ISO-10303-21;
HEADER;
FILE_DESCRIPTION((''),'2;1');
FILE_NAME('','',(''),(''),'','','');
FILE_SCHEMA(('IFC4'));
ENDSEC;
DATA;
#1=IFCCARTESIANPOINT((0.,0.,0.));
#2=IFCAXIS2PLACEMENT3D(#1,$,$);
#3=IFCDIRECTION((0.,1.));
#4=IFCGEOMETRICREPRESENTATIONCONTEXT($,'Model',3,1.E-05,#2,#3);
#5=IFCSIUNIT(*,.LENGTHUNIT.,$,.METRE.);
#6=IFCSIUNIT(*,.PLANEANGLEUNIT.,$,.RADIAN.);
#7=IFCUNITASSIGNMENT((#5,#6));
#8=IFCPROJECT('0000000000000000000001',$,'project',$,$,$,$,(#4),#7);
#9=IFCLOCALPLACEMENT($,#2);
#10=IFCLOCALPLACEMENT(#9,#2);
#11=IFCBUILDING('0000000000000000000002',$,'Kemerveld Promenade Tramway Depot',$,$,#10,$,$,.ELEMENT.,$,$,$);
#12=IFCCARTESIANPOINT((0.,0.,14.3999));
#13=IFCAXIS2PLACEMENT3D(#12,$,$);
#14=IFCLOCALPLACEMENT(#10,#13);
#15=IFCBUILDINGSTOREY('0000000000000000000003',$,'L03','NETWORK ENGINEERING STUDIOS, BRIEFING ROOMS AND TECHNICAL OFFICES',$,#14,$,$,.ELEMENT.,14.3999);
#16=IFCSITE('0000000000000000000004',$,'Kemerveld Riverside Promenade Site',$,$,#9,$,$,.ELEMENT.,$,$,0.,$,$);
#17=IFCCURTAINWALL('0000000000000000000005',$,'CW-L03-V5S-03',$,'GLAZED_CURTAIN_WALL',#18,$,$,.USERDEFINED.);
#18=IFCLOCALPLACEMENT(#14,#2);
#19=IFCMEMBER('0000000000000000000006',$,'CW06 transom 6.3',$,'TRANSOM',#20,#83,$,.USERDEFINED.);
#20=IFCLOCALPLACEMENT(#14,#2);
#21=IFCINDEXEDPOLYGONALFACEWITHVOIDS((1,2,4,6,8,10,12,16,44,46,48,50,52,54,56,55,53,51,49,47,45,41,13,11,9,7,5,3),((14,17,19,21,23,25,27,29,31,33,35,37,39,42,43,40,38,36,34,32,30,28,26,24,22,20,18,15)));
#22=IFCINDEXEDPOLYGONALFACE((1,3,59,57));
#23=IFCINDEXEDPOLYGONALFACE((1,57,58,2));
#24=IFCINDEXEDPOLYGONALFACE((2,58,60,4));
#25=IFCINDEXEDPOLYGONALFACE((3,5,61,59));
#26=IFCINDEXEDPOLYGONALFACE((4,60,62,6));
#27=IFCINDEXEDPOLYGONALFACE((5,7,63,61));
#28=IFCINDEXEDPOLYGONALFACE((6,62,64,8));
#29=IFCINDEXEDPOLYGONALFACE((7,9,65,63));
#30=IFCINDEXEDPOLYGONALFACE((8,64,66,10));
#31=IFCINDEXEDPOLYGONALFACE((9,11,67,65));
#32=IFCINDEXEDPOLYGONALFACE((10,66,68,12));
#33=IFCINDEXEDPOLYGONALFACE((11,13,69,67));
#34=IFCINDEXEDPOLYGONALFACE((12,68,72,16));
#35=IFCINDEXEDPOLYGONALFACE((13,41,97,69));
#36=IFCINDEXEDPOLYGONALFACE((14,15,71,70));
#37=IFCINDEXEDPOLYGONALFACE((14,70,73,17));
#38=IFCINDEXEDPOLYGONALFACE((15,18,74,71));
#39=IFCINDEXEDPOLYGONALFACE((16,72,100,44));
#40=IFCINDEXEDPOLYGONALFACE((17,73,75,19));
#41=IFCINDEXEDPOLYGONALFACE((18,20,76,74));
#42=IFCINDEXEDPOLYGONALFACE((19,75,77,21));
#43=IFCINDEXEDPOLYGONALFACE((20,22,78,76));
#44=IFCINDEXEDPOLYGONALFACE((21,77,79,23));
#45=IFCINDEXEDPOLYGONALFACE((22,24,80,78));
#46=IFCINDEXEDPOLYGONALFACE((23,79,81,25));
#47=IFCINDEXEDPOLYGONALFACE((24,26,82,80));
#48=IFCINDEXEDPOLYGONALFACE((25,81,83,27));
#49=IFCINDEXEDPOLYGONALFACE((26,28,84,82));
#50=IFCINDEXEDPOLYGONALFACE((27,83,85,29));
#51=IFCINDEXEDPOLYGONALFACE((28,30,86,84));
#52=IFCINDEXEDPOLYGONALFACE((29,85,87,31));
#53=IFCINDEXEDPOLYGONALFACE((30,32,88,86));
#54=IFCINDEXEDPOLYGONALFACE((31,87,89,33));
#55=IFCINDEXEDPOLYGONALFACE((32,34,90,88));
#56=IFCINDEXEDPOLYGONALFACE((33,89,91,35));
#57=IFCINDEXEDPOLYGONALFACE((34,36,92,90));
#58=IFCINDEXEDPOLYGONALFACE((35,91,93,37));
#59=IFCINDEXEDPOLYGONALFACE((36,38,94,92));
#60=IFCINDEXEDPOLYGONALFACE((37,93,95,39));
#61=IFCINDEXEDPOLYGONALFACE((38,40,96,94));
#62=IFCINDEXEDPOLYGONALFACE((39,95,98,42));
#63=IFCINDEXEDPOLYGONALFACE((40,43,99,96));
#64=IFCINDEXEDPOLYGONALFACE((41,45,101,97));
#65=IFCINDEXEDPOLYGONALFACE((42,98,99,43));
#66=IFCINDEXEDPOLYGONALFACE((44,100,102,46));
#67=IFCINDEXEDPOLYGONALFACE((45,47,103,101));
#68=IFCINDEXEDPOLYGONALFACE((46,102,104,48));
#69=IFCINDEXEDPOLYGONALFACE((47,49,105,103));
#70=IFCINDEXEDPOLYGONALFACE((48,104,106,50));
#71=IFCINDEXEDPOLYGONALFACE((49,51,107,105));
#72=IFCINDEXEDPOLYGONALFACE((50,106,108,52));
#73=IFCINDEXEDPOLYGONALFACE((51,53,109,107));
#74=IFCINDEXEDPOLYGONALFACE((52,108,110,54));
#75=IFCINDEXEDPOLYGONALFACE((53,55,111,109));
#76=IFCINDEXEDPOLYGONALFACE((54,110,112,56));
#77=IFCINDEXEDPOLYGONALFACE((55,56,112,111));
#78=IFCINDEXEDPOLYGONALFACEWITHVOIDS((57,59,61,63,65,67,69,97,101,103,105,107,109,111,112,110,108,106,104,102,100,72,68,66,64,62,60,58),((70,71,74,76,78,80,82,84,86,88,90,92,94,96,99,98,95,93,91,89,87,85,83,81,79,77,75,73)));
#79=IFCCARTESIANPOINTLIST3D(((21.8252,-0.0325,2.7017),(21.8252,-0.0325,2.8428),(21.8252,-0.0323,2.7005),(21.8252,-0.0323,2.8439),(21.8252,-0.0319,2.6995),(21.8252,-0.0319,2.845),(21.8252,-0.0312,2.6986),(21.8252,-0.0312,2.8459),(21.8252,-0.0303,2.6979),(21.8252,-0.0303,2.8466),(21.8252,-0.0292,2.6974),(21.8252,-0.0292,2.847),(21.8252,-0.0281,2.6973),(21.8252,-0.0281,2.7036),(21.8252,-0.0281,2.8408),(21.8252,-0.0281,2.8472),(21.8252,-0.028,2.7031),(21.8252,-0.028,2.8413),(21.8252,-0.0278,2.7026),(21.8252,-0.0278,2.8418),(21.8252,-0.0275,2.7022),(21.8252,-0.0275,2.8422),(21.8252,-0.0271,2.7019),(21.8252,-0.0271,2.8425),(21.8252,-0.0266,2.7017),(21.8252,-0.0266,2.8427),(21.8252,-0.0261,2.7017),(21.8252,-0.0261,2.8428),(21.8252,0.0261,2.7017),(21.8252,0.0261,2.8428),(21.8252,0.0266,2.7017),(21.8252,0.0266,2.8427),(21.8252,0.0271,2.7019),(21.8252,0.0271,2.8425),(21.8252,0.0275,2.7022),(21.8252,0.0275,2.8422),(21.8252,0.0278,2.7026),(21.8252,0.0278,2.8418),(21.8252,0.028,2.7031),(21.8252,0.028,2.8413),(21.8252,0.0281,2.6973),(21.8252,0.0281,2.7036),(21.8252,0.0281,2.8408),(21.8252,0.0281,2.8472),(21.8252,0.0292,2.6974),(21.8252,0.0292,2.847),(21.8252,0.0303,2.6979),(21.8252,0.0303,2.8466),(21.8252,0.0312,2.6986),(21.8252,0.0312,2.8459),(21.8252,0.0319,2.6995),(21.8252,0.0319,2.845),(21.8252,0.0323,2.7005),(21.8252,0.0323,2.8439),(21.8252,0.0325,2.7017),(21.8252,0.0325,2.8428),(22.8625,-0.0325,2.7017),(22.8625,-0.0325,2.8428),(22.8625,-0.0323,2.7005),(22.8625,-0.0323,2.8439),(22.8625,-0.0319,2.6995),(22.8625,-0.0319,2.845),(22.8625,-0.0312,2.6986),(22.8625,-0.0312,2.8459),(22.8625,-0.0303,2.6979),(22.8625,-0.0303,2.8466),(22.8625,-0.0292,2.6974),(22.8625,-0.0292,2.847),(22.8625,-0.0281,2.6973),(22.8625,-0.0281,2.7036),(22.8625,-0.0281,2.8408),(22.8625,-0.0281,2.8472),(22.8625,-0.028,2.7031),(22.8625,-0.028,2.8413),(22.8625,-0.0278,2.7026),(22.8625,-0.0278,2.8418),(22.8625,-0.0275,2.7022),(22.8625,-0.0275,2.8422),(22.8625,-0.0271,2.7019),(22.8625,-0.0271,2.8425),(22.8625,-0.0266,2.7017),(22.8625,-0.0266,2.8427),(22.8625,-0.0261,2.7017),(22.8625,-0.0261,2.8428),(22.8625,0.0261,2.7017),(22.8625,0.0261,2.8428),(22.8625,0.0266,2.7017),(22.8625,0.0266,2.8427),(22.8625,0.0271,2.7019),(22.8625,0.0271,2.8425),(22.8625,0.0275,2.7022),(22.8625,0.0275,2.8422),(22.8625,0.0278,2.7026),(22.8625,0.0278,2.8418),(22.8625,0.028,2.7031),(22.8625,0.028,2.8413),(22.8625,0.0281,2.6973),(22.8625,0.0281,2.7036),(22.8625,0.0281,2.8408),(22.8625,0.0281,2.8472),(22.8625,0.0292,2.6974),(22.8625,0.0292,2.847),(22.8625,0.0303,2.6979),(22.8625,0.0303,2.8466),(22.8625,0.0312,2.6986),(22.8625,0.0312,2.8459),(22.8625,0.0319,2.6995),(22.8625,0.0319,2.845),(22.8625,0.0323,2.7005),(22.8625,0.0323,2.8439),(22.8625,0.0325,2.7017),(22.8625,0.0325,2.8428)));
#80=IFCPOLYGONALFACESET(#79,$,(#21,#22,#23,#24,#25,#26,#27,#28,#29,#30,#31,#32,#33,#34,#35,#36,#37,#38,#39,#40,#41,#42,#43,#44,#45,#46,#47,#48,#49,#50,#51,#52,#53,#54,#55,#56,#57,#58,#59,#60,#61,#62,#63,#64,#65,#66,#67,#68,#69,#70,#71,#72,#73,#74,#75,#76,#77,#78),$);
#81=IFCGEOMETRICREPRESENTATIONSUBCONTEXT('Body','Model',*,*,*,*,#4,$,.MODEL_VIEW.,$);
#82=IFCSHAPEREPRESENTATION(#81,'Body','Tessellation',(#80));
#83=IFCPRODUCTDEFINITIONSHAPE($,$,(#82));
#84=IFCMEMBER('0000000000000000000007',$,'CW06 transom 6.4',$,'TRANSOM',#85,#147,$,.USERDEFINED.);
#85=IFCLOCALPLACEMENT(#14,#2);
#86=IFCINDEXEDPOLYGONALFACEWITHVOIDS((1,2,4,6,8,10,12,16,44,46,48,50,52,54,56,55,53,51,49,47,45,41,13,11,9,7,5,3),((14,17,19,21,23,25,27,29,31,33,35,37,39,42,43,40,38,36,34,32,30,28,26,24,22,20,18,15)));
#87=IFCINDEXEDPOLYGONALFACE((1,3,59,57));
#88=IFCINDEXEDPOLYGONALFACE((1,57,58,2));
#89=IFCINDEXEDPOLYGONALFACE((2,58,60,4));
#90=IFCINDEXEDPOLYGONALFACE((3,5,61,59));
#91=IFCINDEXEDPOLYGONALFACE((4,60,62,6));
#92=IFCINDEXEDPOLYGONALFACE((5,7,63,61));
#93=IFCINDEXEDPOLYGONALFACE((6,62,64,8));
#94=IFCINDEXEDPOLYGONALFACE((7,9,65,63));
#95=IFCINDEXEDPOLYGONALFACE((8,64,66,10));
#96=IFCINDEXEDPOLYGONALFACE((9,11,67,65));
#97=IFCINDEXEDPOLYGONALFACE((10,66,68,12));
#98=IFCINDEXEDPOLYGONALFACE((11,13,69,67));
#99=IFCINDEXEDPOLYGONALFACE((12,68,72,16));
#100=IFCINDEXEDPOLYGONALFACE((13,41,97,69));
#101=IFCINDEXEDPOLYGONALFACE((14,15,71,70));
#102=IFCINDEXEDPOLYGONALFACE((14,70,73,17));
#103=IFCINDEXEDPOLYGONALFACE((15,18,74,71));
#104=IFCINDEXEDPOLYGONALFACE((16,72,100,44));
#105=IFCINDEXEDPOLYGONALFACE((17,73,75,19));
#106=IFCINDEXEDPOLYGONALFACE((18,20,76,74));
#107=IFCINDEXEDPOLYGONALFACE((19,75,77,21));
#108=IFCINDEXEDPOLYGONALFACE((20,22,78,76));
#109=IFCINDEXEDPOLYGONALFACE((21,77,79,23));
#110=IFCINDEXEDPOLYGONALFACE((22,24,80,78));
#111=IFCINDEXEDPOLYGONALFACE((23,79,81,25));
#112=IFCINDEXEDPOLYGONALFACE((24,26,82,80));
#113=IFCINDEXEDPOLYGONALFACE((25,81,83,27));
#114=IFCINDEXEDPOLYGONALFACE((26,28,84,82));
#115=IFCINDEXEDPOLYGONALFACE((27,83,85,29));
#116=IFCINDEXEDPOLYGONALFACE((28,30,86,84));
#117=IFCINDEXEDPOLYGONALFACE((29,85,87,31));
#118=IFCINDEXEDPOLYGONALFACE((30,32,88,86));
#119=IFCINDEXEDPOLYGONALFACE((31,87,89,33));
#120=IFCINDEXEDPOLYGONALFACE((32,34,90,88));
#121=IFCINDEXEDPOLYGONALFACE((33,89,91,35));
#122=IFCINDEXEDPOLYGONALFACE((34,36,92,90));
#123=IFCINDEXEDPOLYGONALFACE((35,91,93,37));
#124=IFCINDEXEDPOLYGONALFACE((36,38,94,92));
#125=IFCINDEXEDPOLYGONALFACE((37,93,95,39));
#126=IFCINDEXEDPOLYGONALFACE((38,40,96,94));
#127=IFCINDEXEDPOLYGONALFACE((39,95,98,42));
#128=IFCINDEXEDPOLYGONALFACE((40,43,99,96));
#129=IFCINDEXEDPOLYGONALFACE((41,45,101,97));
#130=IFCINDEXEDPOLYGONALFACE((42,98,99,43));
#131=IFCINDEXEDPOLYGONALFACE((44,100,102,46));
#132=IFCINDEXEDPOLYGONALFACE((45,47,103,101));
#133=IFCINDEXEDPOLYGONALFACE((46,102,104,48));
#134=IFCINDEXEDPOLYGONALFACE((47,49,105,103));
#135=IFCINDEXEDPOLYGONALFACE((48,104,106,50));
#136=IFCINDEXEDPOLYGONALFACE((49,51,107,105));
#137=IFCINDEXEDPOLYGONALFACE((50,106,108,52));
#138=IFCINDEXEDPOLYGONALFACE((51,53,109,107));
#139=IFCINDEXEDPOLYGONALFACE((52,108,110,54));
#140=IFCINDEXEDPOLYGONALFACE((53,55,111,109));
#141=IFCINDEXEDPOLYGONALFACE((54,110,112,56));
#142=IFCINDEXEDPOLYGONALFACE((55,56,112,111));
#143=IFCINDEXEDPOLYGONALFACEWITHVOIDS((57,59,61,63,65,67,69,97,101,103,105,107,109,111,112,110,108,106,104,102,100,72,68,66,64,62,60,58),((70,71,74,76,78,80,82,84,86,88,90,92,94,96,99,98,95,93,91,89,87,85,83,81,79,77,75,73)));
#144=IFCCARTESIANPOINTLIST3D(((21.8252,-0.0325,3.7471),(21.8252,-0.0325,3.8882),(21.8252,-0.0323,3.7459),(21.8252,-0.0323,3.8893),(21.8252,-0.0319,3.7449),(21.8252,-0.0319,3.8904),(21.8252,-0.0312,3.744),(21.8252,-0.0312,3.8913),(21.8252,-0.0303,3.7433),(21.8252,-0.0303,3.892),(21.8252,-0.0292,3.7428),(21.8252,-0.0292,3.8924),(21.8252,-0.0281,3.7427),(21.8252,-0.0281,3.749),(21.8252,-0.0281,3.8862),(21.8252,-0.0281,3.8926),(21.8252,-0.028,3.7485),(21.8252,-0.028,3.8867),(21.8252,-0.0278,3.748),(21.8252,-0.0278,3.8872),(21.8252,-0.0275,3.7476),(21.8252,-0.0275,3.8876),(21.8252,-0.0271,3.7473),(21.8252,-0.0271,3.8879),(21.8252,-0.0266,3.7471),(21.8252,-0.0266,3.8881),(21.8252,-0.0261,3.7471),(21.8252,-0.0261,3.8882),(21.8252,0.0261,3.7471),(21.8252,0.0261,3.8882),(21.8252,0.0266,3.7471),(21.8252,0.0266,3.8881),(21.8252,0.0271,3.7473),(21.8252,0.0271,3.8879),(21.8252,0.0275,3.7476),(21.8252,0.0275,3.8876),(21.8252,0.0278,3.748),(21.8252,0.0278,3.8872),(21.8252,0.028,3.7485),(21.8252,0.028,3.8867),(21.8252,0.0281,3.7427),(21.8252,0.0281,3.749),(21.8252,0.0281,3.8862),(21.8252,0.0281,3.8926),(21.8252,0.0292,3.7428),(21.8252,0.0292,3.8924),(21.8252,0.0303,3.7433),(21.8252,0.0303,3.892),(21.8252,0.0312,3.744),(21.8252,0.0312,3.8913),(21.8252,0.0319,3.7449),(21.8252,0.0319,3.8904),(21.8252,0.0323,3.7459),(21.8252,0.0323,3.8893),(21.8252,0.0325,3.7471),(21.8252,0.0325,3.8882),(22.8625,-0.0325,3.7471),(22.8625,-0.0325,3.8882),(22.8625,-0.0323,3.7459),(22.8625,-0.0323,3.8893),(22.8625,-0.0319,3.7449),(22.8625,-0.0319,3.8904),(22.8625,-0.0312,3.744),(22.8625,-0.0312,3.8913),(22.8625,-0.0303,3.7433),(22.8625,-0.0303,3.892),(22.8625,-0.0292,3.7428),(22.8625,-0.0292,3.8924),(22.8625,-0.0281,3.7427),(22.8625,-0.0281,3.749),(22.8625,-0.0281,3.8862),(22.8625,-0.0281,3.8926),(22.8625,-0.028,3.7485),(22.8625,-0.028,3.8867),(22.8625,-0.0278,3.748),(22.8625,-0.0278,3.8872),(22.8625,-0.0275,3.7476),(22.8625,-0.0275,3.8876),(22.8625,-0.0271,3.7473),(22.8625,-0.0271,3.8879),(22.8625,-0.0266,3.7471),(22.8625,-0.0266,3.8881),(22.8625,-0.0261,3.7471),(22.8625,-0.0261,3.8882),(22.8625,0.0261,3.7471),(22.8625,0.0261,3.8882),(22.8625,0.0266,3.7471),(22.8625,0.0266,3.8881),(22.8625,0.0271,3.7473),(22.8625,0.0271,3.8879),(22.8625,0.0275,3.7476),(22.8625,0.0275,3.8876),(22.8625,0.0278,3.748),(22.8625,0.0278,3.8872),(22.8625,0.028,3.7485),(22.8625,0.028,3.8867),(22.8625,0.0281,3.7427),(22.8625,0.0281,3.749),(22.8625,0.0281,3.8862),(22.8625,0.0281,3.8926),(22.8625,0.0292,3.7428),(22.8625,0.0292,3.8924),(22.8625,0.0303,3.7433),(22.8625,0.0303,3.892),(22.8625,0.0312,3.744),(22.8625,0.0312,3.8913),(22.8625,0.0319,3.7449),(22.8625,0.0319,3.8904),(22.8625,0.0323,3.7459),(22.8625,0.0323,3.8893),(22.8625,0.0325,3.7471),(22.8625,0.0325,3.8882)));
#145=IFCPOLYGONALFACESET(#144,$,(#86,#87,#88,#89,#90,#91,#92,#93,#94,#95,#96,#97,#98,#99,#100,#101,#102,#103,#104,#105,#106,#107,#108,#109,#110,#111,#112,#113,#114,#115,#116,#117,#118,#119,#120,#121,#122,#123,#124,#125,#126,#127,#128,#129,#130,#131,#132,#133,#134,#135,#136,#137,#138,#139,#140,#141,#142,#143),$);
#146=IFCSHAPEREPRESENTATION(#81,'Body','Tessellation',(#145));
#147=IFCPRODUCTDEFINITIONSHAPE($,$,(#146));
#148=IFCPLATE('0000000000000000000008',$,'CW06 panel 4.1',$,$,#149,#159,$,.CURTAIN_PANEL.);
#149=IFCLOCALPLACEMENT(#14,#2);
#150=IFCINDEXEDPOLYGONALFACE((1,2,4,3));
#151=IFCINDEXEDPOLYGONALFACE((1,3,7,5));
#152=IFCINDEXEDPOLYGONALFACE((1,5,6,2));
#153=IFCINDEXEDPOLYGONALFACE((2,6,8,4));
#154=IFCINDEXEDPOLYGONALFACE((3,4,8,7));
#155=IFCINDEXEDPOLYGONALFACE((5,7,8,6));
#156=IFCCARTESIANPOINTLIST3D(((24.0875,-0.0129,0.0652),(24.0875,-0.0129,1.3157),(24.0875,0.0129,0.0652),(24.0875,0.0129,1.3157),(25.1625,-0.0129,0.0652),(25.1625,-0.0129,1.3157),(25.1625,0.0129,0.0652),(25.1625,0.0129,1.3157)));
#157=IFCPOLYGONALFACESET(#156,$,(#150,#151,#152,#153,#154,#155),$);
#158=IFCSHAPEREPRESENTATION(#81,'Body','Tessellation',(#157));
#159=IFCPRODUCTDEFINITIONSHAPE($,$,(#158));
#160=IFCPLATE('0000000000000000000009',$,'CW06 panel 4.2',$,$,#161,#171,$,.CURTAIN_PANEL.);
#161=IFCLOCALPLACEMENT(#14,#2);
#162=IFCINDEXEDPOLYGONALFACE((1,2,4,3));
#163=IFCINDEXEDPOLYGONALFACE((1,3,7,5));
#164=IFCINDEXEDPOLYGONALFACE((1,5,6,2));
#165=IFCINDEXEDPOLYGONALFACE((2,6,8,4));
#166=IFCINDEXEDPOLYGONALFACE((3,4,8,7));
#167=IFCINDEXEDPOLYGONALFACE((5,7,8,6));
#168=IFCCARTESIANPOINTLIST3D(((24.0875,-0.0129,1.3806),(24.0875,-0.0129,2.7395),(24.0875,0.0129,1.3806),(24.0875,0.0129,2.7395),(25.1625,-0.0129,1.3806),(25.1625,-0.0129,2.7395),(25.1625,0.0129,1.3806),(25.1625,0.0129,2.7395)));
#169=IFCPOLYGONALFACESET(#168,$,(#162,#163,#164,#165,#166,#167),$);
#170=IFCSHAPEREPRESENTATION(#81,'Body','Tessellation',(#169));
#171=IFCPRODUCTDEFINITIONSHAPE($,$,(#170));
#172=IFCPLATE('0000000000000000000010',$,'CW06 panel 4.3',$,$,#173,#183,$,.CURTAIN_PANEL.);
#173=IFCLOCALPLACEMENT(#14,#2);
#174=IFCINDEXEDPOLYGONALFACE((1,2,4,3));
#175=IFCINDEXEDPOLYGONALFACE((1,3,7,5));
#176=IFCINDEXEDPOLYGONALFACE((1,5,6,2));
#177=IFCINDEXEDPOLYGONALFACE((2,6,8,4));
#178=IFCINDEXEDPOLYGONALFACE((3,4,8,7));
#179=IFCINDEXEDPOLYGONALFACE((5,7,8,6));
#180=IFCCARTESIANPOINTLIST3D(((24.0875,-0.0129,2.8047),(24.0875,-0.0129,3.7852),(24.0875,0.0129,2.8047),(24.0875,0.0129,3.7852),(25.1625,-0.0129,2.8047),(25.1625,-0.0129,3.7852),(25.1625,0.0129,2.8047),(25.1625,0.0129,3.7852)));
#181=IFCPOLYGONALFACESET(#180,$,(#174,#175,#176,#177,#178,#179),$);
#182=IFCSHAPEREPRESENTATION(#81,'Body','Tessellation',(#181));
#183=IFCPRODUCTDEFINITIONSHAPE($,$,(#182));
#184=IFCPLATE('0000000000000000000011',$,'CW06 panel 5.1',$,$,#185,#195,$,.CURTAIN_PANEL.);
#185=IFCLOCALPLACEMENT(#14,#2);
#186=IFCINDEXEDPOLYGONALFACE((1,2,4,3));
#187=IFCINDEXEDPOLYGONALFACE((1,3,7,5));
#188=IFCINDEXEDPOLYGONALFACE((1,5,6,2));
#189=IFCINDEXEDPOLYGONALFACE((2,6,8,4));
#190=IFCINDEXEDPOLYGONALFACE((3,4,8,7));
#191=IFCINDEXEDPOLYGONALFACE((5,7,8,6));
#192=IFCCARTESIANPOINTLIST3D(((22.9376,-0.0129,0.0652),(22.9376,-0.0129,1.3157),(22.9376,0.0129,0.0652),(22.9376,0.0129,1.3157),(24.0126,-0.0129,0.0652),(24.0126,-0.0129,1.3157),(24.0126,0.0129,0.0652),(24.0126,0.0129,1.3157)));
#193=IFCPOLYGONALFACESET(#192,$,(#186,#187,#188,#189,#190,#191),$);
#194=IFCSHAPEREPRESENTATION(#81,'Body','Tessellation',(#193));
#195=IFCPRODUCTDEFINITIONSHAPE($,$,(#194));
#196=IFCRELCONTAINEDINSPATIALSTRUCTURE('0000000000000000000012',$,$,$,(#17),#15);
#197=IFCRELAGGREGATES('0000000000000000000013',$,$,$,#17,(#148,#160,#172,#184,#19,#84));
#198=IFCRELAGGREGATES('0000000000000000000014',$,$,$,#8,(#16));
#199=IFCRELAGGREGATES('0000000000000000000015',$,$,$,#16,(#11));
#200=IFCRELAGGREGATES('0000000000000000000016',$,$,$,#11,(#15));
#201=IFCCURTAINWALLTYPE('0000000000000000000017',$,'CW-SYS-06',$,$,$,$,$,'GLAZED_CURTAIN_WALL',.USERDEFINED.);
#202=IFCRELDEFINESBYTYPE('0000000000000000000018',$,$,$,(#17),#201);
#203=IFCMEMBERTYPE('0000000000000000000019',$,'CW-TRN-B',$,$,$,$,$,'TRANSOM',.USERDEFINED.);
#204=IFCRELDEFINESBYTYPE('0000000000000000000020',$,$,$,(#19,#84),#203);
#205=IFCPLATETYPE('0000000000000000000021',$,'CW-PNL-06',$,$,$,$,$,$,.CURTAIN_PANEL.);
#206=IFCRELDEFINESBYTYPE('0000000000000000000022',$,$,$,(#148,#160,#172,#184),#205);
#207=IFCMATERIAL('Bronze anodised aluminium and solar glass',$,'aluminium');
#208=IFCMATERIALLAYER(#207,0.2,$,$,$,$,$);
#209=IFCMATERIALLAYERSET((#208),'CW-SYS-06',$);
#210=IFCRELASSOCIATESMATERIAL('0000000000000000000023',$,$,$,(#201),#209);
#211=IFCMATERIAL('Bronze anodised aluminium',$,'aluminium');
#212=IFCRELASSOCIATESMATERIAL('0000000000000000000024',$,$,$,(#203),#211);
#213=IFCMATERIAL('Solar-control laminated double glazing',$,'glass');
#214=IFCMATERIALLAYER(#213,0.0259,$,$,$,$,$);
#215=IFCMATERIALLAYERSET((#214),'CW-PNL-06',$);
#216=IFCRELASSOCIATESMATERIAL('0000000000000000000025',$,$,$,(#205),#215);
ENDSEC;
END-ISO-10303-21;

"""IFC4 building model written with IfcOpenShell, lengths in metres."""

from ifc_helpers import new_model, si_unit, direction, frame, origin, origin_2d, place, context, subcontext, project, spatial, rectangle, hollow_rectangle, extrude, material, layer, layer_set, material_profile, profile_set, type_object, element, aggregate, save


model = new_model("IFC4")

# Units and contexts
model_context = context("Model", 3, precision=1e-05, world=origin(), true_north=direction((0.0, 1.0)))
body_context = subcontext(model_context, "Body", "Model", "MODEL_VIEW")
ifc_project = project(units=[si_unit("LENGTHUNIT", "METRE"), si_unit("PLANEANGLEUNIT", "RADIAN")], contexts=[model_context])

# Site, building, storey
site_placement = place(None, origin())
site = spatial("IfcSite", under=ifc_project, at=site_placement, Name="Kemerveld Riverside Promenade Site", CompositionType="ELEMENT", RefElevation=0.0)
building_placement = place(site_placement, origin())
building = spatial("IfcBuilding", under=site, at=building_placement, Name="Kemerveld Promenade Tramway Depot", CompositionType="ELEMENT")
storey_placement = place(building_placement, frame((0.0, 0.0, 14.3999)))
storey = spatial("IfcBuildingStorey", under=building, at=storey_placement, Name="L03", Description="NETWORK ENGINEERING STUDIOS, BRIEFING ROOMS AND TECHNICAL OFFICES", CompositionType="ELEMENT", Elevation=14.3999)

# Curtain wall, members, plates
ifc_material_1 = material(Name="Bronze anodised aluminium and solar glass", Category="aluminium")
ifc_layer_1 = layer(ifc_material_1, 0.2)
ifc_layer_set_1 = layer_set([ifc_layer_1], Name="CW-SYS-06")
curtain_wall_type = type_object("IfcCurtainWallType", Name="CW-SYS-06", ElementType="GLAZED_CURTAIN_WALL", PredefinedType="USERDEFINED", material=ifc_layer_set_1)
curtain_wall_placement = place(storey_placement, origin())
curtain_wall = element("IfcCurtainWall", 1, at=curtain_wall_placement, inside=storey, type_object=curtain_wall_type, Name="CW-L03-V5S-03", ObjectType="GLAZED_CURTAIN_WALL", PredefinedType="USERDEFINED")
ifc_material_2 = material(Name="Bronze anodised aluminium", Category="aluminium")
ifc_material_profile_1 = material_profile(ifc_material_2, hollow_rectangle(XDim=0.0649, YDim=0.1499, WallThickness=0.0044, InnerFilletRadius=0.002, OuterFilletRadius=0.0044, at=origin_2d()), Name="CW-TRN-150x65")
ifc_profile_set_1 = profile_set([ifc_material_profile_1], Name="Bronze anodised aluminium")
member_type_1 = type_object("IfcMemberType", Name="CW-TRN-B", ElementType="TRANSOM", PredefinedType="USERDEFINED", material=ifc_profile_set_1)
member_1_placement = place(storey_placement, frame((22.8625, 0.0, 2.7722), z_axis=(-1.0, 0.0, 0.0), x_axis=(0.0, -1.0, 0.0)))
member_1 = element("IfcMember", 2, at=member_1_placement, type_object=member_type_1, Name="CW06 transom 6.3", ObjectType="TRANSOM", PredefinedType="USERDEFINED", context=body_context, shape_type="SweptSolid", body=[
    extrude(hollow_rectangle(XDim=0.0649, YDim=0.1499, WallThickness=0.0044, InnerFilletRadius=0.002, OuterFilletRadius=0.0044, at=origin_2d()), origin(), (0.0, 0.0, 1.0), 1.0374),
])
member_2_placement = place(storey_placement, frame((22.8625, 0.0, 3.8176), z_axis=(-1.0, 0.0, 0.0), x_axis=(0.0, -1.0, 0.0)))
member_2 = element("IfcMember", 3, at=member_2_placement, type_object=member_type_1, Name="CW06 transom 6.4", ObjectType="TRANSOM", PredefinedType="USERDEFINED", context=body_context, shape_type="SweptSolid", body=[
    extrude(hollow_rectangle(XDim=0.0649, YDim=0.1499, WallThickness=0.0044, InnerFilletRadius=0.002, OuterFilletRadius=0.0044, at=origin_2d()), origin(), (0.0, 0.0, 1.0), 1.0374),
])
ifc_material_3 = material(Name="Solar-control laminated double glazing", Category="glass")
ifc_layer_2 = layer(ifc_material_3, 0.0259)
ifc_layer_set_2 = layer_set([ifc_layer_2], Name="CW-PNL-06")
plate_type = type_object("IfcPlateType", Name="CW-PNL-06", PredefinedType="CURTAIN_PANEL", material=ifc_layer_set_2)
plate_1_placement = place(storey_placement, frame((24.625, 0.0, 0.0652), z_axis=(0.0, 0.0, 1.0), x_axis=(-1.0, 0.0, 0.0)))
plate_1 = element("IfcPlate", 4, at=plate_1_placement, type_object=plate_type, Name="CW06 panel 4.1", PredefinedType="CURTAIN_PANEL", context=body_context, shape_type="SweptSolid", body=[
    extrude(rectangle(XDim=1.075, YDim=0.0259, at=origin_2d()), origin(), (0.0, 0.0, 1.0), 1.2505),
])
plate_2_placement = place(storey_placement, frame((24.625, 0.0, 1.3806), z_axis=(0.0, 0.0, 1.0), x_axis=(-1.0, 0.0, 0.0)))
plate_2 = element("IfcPlate", 5, at=plate_2_placement, type_object=plate_type, Name="CW06 panel 4.2", PredefinedType="CURTAIN_PANEL", context=body_context, shape_type="SweptSolid", body=[
    extrude(rectangle(XDim=1.075, YDim=0.0259, at=origin_2d()), origin(), (0.0, 0.0, 1.0), 1.3589),
])
plate_3_placement = place(storey_placement, frame((24.625, 0.0, 2.8047), z_axis=(0.0, 0.0, 1.0), x_axis=(-1.0, 0.0, 0.0)))
plate_3 = element("IfcPlate", 6, at=plate_3_placement, type_object=plate_type, Name="CW06 panel 4.3", PredefinedType="CURTAIN_PANEL", context=body_context, shape_type="SweptSolid", body=[
    extrude(rectangle(XDim=1.075, YDim=0.0259, at=origin_2d()), origin(), (0.0, 0.0, 1.0), 0.9805),
])
plate_4_placement = place(storey_placement, frame((23.4751, 0.0, 0.0652), z_axis=(0.0, 0.0, 1.0), x_axis=(-1.0, 0.0, 0.0)))
plate_4 = element("IfcPlate", 7, at=plate_4_placement, type_object=plate_type, Name="CW06 panel 5.1", PredefinedType="CURTAIN_PANEL", context=body_context, shape_type="SweptSolid", body=[
    extrude(rectangle(XDim=1.075, YDim=0.0259, at=origin_2d()), origin(), (0.0, 0.0, 1.0), 1.2505),
])
aggregate(curtain_wall, [plate_1, plate_2, plate_3, plate_4, member_1, member_2])

save(model, "model.ifc")
